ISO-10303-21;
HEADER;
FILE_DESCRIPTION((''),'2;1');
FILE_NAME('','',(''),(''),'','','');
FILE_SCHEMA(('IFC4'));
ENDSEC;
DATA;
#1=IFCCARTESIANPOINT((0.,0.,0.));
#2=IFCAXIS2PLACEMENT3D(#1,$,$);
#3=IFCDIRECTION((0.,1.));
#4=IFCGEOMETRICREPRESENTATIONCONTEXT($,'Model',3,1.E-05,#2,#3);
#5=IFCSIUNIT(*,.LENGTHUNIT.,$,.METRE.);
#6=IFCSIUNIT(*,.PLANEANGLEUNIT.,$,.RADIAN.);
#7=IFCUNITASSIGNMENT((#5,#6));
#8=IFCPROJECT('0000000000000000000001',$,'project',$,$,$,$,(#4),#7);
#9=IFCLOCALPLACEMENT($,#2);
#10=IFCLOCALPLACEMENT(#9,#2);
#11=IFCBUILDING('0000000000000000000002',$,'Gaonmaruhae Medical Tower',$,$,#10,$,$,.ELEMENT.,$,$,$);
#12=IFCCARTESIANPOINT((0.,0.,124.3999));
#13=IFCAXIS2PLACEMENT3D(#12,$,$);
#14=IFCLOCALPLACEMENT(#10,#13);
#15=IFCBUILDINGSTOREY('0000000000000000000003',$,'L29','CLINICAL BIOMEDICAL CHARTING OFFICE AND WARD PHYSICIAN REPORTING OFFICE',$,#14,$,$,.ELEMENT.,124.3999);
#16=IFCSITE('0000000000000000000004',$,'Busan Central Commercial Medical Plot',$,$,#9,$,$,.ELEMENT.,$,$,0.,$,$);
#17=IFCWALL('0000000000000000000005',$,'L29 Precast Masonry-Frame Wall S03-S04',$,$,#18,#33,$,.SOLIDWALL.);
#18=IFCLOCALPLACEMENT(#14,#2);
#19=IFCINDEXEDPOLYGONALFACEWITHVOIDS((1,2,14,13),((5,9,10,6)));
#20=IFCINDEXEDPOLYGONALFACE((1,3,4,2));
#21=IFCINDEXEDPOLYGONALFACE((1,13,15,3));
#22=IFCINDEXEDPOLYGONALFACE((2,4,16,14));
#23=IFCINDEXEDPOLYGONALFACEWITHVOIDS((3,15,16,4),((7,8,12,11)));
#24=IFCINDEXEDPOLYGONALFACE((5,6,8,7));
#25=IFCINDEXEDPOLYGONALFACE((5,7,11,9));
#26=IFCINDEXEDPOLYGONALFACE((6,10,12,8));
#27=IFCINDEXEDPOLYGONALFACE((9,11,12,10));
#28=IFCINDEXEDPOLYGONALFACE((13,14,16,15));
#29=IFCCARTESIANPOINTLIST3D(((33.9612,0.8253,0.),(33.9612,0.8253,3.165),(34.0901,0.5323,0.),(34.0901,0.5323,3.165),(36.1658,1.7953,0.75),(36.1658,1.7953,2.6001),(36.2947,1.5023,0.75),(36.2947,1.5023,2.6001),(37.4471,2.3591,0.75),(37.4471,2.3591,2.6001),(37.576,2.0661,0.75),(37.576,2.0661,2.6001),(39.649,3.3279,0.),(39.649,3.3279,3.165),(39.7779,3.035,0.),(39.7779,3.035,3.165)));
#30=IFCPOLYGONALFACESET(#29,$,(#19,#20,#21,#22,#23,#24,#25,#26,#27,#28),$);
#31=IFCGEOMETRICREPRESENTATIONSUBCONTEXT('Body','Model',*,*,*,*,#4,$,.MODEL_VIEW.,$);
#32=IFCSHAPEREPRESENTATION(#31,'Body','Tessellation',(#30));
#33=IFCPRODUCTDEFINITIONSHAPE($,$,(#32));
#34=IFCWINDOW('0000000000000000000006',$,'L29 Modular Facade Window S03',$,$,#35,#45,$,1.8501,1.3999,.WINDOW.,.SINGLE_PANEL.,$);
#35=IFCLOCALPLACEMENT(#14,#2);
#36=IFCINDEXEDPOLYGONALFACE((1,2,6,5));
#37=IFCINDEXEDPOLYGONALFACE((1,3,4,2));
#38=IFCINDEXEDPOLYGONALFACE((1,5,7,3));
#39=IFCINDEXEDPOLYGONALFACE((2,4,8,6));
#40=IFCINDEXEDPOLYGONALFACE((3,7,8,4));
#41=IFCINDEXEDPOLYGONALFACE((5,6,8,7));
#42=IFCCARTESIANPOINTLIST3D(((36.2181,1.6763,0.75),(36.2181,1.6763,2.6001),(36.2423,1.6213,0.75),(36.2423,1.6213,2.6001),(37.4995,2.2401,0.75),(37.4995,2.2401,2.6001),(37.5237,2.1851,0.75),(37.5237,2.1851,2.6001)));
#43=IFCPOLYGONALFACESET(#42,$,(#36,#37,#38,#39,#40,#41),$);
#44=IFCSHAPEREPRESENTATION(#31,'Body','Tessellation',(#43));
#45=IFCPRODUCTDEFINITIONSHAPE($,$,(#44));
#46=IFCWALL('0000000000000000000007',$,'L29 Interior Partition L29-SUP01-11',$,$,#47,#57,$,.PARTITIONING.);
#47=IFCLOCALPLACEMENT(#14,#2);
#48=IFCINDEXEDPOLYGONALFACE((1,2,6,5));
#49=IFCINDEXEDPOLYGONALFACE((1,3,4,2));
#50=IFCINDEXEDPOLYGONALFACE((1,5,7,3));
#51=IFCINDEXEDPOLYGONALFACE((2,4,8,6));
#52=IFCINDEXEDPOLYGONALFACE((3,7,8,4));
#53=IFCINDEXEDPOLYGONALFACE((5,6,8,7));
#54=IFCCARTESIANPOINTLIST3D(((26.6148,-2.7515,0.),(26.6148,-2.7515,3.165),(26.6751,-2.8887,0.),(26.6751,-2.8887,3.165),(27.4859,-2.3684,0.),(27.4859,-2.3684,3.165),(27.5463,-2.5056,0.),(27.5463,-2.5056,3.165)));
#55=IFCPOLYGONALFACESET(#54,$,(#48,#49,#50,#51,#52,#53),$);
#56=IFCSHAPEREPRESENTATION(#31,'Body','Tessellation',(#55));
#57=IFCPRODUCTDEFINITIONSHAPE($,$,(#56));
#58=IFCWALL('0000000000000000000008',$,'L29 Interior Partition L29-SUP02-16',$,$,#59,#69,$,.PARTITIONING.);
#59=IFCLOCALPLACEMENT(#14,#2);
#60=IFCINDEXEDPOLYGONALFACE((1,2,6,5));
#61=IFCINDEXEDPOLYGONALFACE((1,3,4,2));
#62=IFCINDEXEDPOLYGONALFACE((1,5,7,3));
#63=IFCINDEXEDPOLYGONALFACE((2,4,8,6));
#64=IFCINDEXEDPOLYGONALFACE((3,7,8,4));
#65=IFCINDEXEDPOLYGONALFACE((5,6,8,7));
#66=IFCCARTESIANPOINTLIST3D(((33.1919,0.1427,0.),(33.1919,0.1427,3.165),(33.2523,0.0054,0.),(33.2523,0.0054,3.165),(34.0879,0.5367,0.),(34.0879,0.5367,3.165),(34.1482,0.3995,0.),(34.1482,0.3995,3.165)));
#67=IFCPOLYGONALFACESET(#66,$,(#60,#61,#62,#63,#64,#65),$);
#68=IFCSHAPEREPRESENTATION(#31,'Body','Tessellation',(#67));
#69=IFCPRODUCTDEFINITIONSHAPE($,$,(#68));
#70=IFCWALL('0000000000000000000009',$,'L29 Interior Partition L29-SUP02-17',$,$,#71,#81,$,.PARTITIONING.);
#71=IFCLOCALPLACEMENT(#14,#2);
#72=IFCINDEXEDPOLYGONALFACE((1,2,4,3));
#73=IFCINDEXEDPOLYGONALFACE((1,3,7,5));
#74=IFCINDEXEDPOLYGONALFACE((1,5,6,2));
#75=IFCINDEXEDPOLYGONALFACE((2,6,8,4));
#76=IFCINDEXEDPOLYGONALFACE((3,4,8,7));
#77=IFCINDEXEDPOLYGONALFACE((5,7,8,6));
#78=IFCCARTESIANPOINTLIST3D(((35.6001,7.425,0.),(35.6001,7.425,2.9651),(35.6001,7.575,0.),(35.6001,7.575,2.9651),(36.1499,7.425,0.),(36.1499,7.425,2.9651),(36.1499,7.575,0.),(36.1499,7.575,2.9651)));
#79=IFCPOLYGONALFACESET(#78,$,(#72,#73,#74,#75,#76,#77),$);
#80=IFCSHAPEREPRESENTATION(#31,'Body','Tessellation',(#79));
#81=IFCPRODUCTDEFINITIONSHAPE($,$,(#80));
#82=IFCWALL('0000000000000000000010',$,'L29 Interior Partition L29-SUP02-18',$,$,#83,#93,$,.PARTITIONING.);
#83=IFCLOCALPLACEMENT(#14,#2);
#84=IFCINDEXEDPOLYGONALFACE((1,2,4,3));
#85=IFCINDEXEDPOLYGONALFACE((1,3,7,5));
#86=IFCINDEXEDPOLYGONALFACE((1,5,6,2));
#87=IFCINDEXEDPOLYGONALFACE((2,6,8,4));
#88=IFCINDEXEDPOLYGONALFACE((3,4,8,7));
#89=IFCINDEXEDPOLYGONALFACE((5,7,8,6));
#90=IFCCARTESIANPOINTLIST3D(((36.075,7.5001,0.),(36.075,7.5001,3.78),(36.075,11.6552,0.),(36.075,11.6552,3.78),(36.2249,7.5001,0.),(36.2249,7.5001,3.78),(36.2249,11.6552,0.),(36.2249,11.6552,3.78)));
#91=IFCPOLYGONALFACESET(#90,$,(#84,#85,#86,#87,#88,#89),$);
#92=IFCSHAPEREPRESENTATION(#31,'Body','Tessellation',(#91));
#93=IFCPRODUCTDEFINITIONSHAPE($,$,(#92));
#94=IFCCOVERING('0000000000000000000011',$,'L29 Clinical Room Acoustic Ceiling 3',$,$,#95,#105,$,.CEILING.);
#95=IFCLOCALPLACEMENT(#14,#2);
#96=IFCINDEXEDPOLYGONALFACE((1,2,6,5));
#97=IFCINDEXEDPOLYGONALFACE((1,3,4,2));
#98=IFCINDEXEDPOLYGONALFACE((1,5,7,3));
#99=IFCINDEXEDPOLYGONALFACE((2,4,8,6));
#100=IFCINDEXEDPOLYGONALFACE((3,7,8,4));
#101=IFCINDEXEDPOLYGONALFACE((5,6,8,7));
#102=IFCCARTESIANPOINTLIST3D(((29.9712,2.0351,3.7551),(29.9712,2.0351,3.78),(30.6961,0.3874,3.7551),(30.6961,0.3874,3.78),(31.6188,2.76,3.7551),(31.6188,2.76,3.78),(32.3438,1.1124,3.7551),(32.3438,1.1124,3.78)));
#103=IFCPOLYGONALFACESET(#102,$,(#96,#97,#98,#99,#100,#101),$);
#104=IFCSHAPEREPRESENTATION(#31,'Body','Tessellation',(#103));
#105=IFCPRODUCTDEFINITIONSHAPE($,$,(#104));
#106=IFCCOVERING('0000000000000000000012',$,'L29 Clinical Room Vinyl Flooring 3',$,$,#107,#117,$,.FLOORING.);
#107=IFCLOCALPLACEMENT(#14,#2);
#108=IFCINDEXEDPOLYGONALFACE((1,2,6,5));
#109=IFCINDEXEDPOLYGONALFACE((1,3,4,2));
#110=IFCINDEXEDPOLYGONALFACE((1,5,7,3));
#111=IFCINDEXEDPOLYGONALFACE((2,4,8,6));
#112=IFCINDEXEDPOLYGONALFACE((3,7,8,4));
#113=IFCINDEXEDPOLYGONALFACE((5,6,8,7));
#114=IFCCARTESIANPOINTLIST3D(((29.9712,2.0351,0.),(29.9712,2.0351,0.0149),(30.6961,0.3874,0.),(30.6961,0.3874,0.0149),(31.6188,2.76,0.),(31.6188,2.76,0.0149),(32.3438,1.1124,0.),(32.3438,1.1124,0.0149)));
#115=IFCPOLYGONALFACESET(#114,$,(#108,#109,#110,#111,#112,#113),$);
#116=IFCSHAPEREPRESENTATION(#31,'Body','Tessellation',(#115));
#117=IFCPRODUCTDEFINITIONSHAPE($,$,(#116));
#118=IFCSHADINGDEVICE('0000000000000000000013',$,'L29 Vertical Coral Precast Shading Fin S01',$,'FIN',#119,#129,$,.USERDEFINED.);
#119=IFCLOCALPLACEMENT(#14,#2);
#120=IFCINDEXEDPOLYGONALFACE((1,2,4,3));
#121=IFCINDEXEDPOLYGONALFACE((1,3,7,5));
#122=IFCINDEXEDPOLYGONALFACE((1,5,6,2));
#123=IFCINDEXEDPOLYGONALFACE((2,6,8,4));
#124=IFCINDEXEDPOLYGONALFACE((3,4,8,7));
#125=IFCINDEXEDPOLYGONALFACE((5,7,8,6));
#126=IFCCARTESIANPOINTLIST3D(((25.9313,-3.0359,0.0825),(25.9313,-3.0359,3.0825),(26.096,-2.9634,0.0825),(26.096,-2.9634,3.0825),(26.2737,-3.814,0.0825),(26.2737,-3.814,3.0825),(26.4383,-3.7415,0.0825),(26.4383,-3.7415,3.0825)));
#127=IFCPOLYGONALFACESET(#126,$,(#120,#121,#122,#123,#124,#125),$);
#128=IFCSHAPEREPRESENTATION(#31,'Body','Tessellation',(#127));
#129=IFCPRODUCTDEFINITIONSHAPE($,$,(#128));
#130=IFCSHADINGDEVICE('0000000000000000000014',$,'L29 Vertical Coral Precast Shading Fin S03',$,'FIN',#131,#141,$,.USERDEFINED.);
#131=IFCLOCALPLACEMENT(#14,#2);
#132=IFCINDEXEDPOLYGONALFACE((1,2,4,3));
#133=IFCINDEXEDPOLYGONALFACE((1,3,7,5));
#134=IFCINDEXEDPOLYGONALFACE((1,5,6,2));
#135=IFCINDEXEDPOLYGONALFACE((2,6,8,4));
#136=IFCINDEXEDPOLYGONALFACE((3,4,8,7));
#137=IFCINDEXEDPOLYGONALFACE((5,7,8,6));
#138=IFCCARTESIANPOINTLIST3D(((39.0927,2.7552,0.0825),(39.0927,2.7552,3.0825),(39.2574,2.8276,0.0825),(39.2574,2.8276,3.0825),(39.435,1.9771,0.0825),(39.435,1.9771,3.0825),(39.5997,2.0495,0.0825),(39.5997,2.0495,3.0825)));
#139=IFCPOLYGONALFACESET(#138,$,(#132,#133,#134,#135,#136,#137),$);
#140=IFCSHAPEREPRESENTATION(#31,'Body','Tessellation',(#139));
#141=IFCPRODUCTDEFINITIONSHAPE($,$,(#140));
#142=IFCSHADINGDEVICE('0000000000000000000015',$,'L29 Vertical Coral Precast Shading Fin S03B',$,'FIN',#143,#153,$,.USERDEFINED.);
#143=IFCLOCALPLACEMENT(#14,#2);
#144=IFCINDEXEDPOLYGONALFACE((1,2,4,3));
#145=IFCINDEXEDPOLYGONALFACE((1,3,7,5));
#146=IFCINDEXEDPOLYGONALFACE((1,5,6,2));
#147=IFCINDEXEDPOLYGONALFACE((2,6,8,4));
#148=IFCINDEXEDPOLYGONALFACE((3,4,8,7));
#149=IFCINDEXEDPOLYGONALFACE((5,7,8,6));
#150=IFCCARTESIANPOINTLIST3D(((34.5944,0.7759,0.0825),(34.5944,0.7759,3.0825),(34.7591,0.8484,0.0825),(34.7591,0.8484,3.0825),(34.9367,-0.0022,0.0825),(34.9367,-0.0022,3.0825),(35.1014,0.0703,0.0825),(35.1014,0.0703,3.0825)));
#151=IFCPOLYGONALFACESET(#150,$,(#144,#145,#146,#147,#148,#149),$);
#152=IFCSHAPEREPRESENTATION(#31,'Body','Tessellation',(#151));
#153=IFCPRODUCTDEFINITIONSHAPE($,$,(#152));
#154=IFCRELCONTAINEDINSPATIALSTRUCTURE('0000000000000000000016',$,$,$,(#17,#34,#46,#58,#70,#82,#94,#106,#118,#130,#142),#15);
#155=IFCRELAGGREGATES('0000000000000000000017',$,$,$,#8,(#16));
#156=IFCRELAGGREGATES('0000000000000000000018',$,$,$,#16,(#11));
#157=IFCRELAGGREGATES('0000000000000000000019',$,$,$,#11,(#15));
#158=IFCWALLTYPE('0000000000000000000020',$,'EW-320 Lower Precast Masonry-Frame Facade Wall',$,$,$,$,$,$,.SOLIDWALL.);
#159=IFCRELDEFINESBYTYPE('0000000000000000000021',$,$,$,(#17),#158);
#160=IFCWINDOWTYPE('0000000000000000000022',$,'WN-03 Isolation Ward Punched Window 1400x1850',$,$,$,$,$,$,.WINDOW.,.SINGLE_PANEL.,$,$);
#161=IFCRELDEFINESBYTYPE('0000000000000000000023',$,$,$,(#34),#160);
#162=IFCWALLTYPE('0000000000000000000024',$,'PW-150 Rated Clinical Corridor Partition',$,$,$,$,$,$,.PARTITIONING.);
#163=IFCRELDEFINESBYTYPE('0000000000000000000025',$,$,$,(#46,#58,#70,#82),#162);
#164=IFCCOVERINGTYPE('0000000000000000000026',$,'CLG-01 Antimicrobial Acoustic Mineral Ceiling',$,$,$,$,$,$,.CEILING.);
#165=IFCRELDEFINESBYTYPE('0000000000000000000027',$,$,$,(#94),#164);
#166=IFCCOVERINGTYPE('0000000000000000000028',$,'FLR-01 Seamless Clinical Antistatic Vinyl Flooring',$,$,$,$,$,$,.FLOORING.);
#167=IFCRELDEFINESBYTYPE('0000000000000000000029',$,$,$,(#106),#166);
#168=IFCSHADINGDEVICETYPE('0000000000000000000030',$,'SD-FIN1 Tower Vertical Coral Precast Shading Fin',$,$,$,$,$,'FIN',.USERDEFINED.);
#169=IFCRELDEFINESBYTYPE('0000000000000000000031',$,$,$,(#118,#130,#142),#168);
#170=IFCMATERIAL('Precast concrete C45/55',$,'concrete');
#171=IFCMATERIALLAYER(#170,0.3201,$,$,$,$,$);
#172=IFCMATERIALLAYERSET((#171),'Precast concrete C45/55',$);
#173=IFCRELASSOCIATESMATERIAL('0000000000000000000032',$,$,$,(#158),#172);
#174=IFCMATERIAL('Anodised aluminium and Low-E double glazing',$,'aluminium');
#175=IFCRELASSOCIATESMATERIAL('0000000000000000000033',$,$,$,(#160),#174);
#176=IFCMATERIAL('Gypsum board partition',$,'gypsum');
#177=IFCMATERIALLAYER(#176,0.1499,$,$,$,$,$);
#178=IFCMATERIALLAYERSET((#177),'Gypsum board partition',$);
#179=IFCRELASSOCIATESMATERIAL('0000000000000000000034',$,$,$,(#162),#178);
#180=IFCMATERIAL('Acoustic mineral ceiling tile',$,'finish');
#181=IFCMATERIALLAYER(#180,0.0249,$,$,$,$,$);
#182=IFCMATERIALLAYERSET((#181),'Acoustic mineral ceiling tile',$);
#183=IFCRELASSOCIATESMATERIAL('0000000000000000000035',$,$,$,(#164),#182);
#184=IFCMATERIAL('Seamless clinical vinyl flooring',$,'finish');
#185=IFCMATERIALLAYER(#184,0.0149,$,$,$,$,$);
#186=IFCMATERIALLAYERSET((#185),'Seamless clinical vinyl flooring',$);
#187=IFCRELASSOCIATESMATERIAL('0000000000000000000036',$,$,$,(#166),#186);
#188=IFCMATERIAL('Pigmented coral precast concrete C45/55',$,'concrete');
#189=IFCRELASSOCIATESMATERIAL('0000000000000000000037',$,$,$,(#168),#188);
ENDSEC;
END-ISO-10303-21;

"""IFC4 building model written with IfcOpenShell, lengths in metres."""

from ifc_helpers import new_model, si_unit, direction, frame, frame_2d, origin, origin_2d, place, context, subcontext, project, spatial, rectangle, extrude, material, layer, layer_set, type_object, element, fill, save


model = new_model("IFC4")

# Units and contexts
model_context = context("Model", 3, precision=1e-05, world=origin(), true_north=direction((0.0, 1.0)))
body_context = subcontext(model_context, "Body", "Model", "MODEL_VIEW")
ifc_project = project(units=[si_unit("LENGTHUNIT", "METRE"), si_unit("PLANEANGLEUNIT", "RADIAN")], contexts=[model_context])

# Site, building, storey
site_placement = place(None, origin())
site = spatial("IfcSite", under=ifc_project, at=site_placement, Name="Busan Central Commercial Medical Plot", CompositionType="ELEMENT", RefElevation=0.0)
building_placement = place(site_placement, origin())
building = spatial("IfcBuilding", under=site, at=building_placement, Name="Gaonmaruhae Medical Tower", CompositionType="ELEMENT")
storey_placement = place(building_placement, frame((0.0, 0.0, 124.3999)))
storey = spatial("IfcBuildingStorey", under=building, at=storey_placement, Name="L29", Description="CLINICAL BIOMEDICAL CHARTING OFFICE AND WARD PHYSICIAN REPORTING OFFICE", CompositionType="ELEMENT", Elevation=124.3999)

# Wall, opening, window
ifc_material_1 = material(Name="Precast concrete C45/55", Category="concrete")
ifc_layer_1 = layer(ifc_material_1, 0.3201)
ifc_layer_set_1 = layer_set([ifc_layer_1], Name="Precast concrete C45/55")
wall_type_1 = type_object("IfcWallType", Name="EW-320 Lower Precast Masonry-Frame Facade Wall", PredefinedType="SOLIDWALL", material=ifc_layer_set_1)
ifc_material_2 = material(Name="Anodised aluminium and Low-E double glazing", Category="aluminium")
wall_1_placement = place(storey_placement, frame((39.7134, 3.1814, 0.0), z_axis=(0.0, 0.0, 1.0), x_axis=(-0.915317, -0.402735, 0.0)))
wall_1 = element("IfcWall", 1, at=wall_1_placement, inside=storey, type_object=wall_type_1, Name="L29 Precast Masonry-Frame Wall S03-S04", PredefinedType="SOLIDWALL", context=body_context, shape_type="SweptSolid", body=[
    extrude(rectangle(XDim=6.2141, YDim=0.3201, at=frame_2d((3.1069, 0.0))), origin(), (0.0, 0.0, 1.0), 3.165),
])
opening_1_placement = place(wall_1_placement, frame((2.4055, 0.0, 0.75)))
opening_1 = element("IfcOpeningElement", 2, at=opening_1_placement, cuts=wall_1, PredefinedType="OPENING", context=body_context, shape_type="SweptSolid", body=[
    extrude(rectangle(XDim=1.3999, YDim=1.8501, at=frame_2d((0.7, 0.925))), frame((0.0, 0.1699, 0.0), z_axis=(0.0, -1.0, 0.0), x_axis=(1.0, 0.0, 0.0)), (0.0, 0.0, 1.0), 0.3401),
])
window_type_1 = type_object("IfcWindowType", Name="WN-03 Isolation Ward Punched Window 1400x1850", PartitioningType="SINGLE_PANEL", PredefinedType="WINDOW", material=ifc_material_2)
window_1_placement = place(opening_1_placement, origin())
window_1 = element("IfcWindow", 3, at=window_1_placement, inside=storey, type_object=window_type_1, Name="L29 Modular Facade Window S03", OverallHeight=1.8501, OverallWidth=1.3999, PartitioningType="SINGLE_PANEL", PredefinedType="WINDOW", context=body_context, shape_type="SweptSolid", body=[
    extrude(rectangle(XDim=1.3999, YDim=1.8501, at=frame_2d((0.7, 0.925))), frame((0.0, 0.03, 0.0), z_axis=(0.0, -1.0, 0.0), x_axis=(1.0, 0.0, 0.0)), (0.0, 0.0, 1.0), 0.0601),
])
fill(opening_1, window_1)

# Walls
ifc_material_3 = material(Name="Gypsum board partition", Category="gypsum")
ifc_layer_2 = layer(ifc_material_3, 0.1499)
ifc_layer_set_2 = layer_set([ifc_layer_2], Name="Gypsum board partition")
wall_type_2 = type_object("IfcWallType", Name="PW-150 Rated Clinical Corridor Partition", PredefinedType="PARTITIONING", material=ifc_layer_set_2)
wall_2_placement = place(storey_placement, frame((27.5161, -2.437, 0.0), z_axis=(0.0, 0.0, 1.0), x_axis=(-0.915402, -0.402541, 0.0)))
element("IfcWall", 4, at=wall_2_placement, inside=storey, type_object=wall_type_2, Name="L29 Interior Partition L29-SUP01-11", PredefinedType="PARTITIONING", context=body_context, shape_type="SweptSolid", body=[
    extrude(rectangle(XDim=0.9517, YDim=0.1499, at=frame_2d((0.4758, 0.0))), origin(), (0.0, 0.0, 1.0), 3.165),
])
wall_3_placement = place(storey_placement, frame((34.1179, 0.468, 0.0), z_axis=(0.0, 0.0, 1.0), x_axis=(-0.915389, -0.402571, 0.0)))
element("IfcWall", 5, at=wall_3_placement, inside=storey, type_object=wall_type_2, Name="L29 Interior Partition L29-SUP02-16", PredefinedType="PARTITIONING", context=body_context, shape_type="SweptSolid", body=[
    extrude(rectangle(XDim=0.9788, YDim=0.1499, at=frame_2d((0.4893, 0.0))), origin(), (0.0, 0.0, 1.0), 3.165),
])
wall_4_placement = place(storey_placement, frame((35.6001, 7.5, 0.0), z_axis=(0.0, 0.0, 1.0), x_axis=(1.0, 0.0, 0.0)))
element("IfcWall", 6, at=wall_4_placement, inside=storey, type_object=wall_type_2, Name="L29 Interior Partition L29-SUP02-17", PredefinedType="PARTITIONING", context=body_context, shape_type="SweptSolid", body=[
    extrude(rectangle(XDim=0.5498, YDim=0.1499, at=frame_2d((0.2749, 0.0))), origin(), (0.0, 0.0, 1.0), 2.9651),
])
wall_5_placement = place(storey_placement, frame((36.1499, 7.5, 0.0), z_axis=(0.0, 0.0, 1.0), x_axis=(0.0, 1.0, 0.0)))
element("IfcWall", 7, at=wall_5_placement, inside=storey, type_object=wall_type_2, Name="L29 Interior Partition L29-SUP02-18", PredefinedType="PARTITIONING", context=body_context, shape_type="SweptSolid", body=[
    extrude(rectangle(XDim=4.155, YDim=0.1499, at=frame_2d((2.0776, 0.0))), origin(), (0.0, 0.0, 1.0), 3.78),
])

# Coverings
ifc_material_4 = material(Name="Acoustic mineral ceiling tile", Category="finish")
ifc_layer_3 = layer(ifc_material_4, 0.0249)
ifc_layer_set_3 = layer_set([ifc_layer_3], Name="Acoustic mineral ceiling tile")
covering_type_1 = type_object("IfcCoveringType", Name="CLG-01 Antimicrobial Acoustic Mineral Ceiling", PredefinedType="CEILING", material=ifc_layer_set_3)
covering_1_placement = place(storey_placement, frame((31.1575, 1.5737, 3.7551), z_axis=(0.0, 0.0, 1.0), x_axis=(0.915311, 0.402747, 0.0)))
element("IfcCovering", 8, at=covering_1_placement, inside=storey, type_object=covering_type_1, Name="L29 Clinical Room Acoustic Ceiling 3", PredefinedType="CEILING", context=body_context, shape_type="SweptSolid", body=[
    extrude(rectangle(XDim=1.8, YDim=1.8, at=origin_2d()), origin(), (0.0, 0.0, 1.0), 0.0249),
])
ifc_material_5 = material(Name="Seamless clinical vinyl flooring", Category="finish")
ifc_layer_4 = layer(ifc_material_5, 0.0149)
ifc_layer_set_4 = layer_set([ifc_layer_4], Name="Seamless clinical vinyl flooring")
covering_type_2 = type_object("IfcCoveringType", Name="FLR-01 Seamless Clinical Antistatic Vinyl Flooring", PredefinedType="FLOORING", material=ifc_layer_set_4)
covering_2_placement = place(storey_placement, frame((31.1575, 1.5737, 0.0), z_axis=(0.0, 0.0, 1.0), x_axis=(0.915311, 0.402747, 0.0)))
element("IfcCovering", 9, at=covering_2_placement, inside=storey, type_object=covering_type_2, Name="L29 Clinical Room Vinyl Flooring 3", PredefinedType="FLOORING", context=body_context, shape_type="SweptSolid", body=[
    extrude(rectangle(XDim=1.8, YDim=1.8, at=origin_2d()), origin(), (0.0, 0.0, 1.0), 0.0149),
])

# Shading devices
ifc_material_6 = material(Name="Pigmented coral precast concrete C45/55", Category="concrete")
shading_device_type = type_object("IfcShadingDeviceType", Name="SD-FIN1 Tower Vertical Coral Precast Shading Fin", ElementType="FIN", PredefinedType="USERDEFINED", material=ifc_material_6)
for number, where, z_axis, x_axis, name in (
    (10, (26.1848, -3.3887, 0.0825), (0.0, 0.0, 1.0), (-0.915311, -0.402747, 0.0), "L29 Vertical Coral Precast Shading Fin S01"),
    (11, (39.3462, 2.4023, 0.0825), (0.0, 0.0, 1.0), (-0.915319, -0.402731, 0.0), "L29 Vertical Coral Precast Shading Fin S03"),
    (12, (34.8479, 0.4231, 0.0825), (0.0, 0.0, 1.0), (-0.915319, -0.402731, 0.0), "L29 Vertical Coral Precast Shading Fin S03B"),
):
    element("IfcShadingDevice", number, at=place(storey_placement, frame(where, z_axis=z_axis, x_axis=x_axis)), inside=storey, type_object=shading_device_type, Name=name, ObjectType="FIN", PredefinedType="USERDEFINED", context=body_context, shape_type="SweptSolid", body=[
        extrude(rectangle(XDim=0.1799, YDim=0.8501, at=origin_2d()), origin(), (0.0, 0.0, 1.0), 3.0),
    ])

save(model, "model.ifc")
